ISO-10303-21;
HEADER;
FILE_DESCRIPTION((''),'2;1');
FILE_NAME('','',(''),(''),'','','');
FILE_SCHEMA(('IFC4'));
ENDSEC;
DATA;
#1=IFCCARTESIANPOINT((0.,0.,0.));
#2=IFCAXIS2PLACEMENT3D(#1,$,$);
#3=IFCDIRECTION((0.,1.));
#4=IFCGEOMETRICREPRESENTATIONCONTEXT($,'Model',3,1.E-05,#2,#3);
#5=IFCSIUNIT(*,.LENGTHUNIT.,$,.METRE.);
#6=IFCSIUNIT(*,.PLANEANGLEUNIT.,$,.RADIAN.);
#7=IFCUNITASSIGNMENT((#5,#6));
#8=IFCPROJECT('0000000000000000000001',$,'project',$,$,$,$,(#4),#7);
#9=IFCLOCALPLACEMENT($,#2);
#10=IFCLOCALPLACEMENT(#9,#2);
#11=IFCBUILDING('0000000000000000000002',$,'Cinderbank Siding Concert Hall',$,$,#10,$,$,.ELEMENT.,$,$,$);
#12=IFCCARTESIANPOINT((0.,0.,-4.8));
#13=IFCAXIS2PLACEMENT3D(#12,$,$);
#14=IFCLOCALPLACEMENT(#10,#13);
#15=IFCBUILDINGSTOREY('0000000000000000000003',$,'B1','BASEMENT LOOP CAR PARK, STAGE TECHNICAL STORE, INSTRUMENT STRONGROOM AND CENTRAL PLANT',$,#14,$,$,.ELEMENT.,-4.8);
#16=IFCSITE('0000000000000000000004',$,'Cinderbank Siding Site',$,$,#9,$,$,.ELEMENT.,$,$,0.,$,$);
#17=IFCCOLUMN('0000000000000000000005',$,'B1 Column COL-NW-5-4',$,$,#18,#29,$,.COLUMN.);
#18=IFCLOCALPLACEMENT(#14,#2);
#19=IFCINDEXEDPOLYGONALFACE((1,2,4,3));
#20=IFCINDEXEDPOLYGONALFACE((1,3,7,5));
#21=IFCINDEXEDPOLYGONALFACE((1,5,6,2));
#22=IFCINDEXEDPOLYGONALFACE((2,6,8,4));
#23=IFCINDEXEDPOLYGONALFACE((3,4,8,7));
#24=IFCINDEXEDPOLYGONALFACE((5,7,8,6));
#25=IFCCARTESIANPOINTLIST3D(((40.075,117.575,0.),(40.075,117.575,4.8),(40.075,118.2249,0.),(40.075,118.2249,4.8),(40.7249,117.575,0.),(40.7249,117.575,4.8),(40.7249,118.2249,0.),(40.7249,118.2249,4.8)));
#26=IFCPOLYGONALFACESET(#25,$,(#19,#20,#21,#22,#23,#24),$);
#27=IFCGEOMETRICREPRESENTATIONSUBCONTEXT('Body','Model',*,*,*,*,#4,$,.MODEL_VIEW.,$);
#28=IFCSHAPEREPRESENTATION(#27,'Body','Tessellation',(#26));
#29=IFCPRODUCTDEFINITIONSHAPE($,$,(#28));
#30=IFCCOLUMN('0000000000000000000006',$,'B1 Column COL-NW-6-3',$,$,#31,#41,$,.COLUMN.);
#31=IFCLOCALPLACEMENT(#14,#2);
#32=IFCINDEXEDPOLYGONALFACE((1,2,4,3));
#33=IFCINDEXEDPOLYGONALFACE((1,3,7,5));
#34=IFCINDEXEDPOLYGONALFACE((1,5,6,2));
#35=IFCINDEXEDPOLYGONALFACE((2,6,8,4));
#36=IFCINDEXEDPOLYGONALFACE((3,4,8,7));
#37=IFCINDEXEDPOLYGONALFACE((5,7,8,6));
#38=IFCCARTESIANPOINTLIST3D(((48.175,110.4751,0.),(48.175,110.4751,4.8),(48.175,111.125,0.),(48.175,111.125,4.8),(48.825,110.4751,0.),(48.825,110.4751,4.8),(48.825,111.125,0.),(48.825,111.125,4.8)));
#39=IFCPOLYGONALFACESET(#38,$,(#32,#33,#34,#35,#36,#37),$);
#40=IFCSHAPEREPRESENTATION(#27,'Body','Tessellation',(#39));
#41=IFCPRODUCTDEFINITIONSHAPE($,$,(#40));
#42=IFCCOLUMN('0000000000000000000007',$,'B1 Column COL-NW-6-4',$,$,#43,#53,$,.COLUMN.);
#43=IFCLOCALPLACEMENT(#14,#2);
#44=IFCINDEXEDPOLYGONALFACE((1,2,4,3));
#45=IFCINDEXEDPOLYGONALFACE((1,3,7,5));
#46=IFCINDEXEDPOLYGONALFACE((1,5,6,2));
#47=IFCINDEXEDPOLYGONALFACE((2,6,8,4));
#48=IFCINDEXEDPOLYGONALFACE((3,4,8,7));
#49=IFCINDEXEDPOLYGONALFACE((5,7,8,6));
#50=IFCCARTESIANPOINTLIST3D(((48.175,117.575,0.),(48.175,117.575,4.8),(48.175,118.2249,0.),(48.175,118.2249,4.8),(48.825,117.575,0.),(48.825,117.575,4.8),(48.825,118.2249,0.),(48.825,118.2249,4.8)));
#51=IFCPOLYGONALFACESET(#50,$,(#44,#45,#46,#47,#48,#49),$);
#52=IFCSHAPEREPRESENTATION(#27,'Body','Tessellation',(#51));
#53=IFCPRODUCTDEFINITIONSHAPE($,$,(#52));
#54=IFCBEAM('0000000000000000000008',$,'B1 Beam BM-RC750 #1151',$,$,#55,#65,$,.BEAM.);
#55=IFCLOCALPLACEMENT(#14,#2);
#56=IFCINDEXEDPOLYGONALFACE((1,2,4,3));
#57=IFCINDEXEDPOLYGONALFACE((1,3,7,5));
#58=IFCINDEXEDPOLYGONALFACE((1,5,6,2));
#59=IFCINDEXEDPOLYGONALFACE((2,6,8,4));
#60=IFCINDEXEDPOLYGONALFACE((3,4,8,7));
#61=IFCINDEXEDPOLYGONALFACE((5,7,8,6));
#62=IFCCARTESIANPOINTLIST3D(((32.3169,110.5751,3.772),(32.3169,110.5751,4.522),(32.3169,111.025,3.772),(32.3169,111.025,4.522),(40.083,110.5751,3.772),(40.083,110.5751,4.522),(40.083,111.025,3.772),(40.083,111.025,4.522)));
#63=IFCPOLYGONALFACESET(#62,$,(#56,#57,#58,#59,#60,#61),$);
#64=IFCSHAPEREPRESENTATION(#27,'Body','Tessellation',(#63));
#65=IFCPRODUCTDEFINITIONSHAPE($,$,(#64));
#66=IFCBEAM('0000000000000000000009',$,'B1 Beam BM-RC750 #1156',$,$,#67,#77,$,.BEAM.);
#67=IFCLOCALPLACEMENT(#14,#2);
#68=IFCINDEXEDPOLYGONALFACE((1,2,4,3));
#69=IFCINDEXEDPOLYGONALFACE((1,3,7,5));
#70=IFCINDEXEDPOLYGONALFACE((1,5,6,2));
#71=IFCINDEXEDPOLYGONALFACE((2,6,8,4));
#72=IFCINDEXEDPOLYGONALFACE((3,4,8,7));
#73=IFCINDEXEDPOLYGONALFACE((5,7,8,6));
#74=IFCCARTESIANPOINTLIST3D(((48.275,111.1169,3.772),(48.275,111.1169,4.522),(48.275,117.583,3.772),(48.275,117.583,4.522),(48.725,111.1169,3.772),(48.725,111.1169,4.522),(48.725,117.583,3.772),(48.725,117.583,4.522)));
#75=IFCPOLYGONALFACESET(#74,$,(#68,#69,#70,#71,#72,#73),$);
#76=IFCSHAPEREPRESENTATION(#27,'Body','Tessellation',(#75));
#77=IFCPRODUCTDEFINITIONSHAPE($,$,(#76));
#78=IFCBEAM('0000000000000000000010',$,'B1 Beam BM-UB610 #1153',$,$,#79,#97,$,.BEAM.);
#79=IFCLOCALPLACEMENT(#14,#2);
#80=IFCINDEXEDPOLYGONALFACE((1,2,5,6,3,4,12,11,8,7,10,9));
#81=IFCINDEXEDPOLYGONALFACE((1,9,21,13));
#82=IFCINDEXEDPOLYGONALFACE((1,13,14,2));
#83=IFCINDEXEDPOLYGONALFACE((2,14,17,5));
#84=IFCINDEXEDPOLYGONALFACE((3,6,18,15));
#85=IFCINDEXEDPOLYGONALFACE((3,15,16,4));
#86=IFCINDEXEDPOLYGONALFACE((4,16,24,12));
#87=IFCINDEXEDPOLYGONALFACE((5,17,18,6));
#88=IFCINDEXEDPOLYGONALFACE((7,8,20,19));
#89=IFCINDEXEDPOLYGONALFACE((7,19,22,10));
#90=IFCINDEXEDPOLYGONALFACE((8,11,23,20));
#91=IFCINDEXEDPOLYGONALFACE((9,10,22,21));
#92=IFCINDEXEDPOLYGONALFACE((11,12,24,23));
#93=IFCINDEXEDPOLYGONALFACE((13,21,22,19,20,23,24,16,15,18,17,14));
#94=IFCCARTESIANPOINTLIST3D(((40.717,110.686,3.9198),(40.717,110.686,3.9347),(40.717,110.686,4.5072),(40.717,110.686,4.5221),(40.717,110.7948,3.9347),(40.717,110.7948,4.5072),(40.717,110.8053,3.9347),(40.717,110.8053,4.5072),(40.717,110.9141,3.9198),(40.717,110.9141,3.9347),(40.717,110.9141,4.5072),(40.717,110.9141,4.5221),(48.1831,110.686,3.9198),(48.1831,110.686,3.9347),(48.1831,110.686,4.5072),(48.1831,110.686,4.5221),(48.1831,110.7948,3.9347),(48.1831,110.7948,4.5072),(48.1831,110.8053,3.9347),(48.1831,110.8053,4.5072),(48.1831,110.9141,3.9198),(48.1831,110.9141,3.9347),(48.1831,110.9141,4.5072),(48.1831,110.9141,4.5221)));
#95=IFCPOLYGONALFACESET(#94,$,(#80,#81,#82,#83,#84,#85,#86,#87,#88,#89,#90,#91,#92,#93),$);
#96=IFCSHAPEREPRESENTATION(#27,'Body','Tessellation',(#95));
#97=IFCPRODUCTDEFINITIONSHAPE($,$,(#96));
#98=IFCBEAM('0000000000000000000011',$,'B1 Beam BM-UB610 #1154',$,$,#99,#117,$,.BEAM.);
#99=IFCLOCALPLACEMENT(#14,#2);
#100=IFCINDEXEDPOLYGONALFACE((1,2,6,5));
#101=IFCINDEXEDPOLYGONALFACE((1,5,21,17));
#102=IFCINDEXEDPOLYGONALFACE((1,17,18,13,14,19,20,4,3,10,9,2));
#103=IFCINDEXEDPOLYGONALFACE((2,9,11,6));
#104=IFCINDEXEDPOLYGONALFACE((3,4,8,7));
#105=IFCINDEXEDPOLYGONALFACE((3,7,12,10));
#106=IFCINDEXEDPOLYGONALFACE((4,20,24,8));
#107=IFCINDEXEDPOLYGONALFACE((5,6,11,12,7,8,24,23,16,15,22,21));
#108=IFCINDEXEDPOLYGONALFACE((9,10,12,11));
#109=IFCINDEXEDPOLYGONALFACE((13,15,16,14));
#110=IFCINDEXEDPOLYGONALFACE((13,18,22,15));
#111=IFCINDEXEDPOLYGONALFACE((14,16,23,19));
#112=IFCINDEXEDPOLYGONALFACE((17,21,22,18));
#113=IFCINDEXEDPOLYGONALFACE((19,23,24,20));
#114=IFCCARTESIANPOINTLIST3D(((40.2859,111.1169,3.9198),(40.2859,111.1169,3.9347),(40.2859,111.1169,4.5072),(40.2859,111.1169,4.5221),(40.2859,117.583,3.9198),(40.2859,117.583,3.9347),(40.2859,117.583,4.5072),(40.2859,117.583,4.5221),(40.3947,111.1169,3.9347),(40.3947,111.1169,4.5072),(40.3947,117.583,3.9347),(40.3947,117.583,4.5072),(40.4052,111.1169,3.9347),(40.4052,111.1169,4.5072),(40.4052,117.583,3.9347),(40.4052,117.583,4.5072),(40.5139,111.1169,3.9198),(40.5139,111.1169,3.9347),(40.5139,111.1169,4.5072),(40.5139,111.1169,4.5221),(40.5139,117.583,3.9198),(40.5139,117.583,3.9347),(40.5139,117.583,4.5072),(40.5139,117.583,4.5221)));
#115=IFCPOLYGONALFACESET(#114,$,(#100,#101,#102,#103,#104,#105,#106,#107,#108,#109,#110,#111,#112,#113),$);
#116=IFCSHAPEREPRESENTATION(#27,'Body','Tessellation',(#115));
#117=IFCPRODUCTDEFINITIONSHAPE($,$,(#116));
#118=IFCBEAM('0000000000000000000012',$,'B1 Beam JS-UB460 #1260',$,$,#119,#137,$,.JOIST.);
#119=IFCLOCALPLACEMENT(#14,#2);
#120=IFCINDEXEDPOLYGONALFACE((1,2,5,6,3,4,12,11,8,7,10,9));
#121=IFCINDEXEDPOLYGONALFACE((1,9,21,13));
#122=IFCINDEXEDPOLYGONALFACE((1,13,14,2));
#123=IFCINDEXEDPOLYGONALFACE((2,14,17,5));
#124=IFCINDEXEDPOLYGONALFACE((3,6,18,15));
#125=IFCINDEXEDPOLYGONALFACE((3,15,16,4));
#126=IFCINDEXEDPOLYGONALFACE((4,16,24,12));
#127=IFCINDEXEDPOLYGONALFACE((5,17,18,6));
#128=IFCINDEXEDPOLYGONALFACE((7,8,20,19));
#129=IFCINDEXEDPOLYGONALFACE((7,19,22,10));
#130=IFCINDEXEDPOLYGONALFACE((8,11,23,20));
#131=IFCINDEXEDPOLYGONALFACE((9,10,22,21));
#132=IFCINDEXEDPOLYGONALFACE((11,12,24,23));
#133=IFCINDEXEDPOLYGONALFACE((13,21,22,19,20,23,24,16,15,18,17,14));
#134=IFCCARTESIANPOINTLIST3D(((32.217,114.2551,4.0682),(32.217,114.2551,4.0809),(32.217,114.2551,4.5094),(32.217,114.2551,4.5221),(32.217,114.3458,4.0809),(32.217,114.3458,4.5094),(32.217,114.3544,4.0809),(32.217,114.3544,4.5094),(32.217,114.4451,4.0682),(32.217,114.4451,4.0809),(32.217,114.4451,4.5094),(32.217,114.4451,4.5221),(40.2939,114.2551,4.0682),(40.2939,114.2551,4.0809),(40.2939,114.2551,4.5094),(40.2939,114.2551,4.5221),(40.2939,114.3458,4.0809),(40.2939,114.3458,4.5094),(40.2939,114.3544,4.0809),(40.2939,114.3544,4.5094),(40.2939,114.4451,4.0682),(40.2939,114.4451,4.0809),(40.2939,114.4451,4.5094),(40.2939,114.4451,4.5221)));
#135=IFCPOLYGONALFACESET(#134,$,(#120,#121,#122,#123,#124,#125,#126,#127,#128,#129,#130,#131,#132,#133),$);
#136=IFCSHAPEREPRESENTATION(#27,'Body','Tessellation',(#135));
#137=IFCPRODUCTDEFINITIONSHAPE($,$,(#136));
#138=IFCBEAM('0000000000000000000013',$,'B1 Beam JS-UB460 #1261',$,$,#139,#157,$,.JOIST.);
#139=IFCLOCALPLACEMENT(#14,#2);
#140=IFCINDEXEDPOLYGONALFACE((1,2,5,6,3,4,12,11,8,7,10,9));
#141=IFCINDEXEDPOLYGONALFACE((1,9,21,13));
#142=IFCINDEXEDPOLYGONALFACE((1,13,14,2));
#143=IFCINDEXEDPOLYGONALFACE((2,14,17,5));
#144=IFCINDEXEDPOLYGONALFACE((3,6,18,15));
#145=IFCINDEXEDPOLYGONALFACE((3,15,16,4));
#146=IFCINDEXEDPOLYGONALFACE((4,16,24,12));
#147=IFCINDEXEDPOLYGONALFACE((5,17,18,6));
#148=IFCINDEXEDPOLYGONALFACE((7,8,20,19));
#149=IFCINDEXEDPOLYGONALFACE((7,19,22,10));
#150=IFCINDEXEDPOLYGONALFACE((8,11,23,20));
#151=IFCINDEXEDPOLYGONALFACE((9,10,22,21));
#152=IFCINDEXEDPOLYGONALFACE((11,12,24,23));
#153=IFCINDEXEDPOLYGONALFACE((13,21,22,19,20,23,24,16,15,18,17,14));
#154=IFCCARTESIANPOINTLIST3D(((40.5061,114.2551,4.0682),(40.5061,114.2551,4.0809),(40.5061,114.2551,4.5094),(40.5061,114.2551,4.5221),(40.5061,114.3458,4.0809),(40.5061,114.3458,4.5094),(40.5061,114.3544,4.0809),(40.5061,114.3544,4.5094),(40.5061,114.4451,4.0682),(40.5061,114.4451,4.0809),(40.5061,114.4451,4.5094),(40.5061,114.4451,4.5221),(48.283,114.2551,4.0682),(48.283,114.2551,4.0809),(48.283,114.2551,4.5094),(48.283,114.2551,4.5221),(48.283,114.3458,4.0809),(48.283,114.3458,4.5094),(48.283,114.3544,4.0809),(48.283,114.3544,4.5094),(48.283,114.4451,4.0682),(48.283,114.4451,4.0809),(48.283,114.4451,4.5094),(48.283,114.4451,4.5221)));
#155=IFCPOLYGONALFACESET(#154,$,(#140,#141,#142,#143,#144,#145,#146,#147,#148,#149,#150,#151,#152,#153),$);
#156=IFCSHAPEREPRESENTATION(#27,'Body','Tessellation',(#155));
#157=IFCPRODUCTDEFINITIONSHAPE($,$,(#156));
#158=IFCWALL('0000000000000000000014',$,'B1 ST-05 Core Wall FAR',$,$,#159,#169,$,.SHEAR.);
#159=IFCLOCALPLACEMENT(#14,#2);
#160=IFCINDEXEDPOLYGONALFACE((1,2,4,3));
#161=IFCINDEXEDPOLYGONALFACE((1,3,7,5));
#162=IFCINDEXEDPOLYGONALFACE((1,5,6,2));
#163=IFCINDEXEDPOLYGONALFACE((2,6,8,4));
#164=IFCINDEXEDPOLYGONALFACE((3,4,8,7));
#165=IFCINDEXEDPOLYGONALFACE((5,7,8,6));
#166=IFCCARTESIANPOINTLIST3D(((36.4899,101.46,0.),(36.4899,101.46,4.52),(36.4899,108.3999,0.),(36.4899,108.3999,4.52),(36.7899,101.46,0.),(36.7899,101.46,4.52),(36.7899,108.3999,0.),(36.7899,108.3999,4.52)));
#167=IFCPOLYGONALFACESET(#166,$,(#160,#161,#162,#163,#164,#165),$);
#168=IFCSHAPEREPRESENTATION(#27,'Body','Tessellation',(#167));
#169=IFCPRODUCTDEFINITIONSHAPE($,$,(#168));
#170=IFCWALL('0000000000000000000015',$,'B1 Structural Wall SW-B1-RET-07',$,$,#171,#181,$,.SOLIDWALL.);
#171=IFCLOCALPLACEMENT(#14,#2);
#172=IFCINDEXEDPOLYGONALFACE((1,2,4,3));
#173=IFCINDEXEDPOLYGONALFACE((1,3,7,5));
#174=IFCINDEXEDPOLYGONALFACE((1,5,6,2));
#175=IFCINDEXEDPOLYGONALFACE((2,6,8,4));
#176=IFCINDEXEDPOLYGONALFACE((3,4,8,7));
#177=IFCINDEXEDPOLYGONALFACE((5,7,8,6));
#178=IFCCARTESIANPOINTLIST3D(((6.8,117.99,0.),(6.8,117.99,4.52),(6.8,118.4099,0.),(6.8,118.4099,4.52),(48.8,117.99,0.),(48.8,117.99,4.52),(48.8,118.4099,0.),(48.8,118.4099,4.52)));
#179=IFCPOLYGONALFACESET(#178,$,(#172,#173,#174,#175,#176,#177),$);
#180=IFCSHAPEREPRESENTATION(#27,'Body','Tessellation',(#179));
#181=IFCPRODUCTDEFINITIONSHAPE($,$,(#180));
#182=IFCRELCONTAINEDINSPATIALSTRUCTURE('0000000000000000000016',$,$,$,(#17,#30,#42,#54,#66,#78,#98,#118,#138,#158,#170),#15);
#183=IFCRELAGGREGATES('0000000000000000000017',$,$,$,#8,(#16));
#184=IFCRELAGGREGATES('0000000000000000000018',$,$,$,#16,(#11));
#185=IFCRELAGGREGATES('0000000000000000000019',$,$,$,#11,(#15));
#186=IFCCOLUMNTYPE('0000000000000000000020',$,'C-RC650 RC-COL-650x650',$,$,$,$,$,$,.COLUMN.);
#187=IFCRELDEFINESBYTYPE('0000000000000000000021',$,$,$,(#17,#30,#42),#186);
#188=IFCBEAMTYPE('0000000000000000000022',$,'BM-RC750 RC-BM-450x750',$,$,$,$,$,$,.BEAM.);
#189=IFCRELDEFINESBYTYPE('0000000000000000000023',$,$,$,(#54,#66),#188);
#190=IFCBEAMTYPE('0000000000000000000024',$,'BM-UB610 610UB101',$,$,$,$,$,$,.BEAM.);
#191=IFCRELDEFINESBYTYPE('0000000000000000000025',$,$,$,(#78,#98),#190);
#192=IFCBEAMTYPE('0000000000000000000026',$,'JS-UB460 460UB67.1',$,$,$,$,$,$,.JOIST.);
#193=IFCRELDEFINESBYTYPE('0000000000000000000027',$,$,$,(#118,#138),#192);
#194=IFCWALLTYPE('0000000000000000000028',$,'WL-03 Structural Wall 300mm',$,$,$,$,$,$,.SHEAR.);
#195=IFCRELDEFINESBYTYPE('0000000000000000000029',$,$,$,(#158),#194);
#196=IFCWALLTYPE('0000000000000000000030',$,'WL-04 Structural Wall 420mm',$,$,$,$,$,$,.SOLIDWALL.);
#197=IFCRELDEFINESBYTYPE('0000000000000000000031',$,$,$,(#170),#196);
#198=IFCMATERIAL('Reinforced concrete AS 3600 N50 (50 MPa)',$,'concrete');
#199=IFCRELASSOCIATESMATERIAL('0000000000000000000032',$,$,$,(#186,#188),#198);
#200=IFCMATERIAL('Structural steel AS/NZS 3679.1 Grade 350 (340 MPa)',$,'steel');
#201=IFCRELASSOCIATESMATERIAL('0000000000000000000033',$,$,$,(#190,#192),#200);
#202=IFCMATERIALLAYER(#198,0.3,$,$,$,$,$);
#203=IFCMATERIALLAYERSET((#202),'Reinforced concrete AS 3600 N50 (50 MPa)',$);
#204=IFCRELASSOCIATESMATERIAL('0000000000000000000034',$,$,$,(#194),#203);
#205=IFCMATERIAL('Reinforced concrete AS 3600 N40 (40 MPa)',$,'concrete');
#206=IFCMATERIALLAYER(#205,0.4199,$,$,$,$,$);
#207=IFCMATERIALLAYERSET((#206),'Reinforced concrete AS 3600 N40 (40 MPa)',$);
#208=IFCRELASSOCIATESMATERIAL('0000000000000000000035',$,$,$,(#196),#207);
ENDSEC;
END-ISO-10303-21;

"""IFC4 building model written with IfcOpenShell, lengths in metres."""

from ifc_helpers import new_model, si_unit, direction, frame, frame_2d, origin, origin_2d, place, context, subcontext, project, spatial, rectangle, i_section, extrude, material, layer, layer_set, material_profile, profile_set, type_object, element, save


model = new_model("IFC4")

# Units and contexts
model_context = context("Model", 3, precision=1e-05, world=origin(), true_north=direction((0.0, 1.0)))
body_context = subcontext(model_context, "Body", "Model", "MODEL_VIEW")
ifc_project = project(units=[si_unit("LENGTHUNIT", "METRE"), si_unit("PLANEANGLEUNIT", "RADIAN")], contexts=[model_context])

# Site, building, storey
site_placement = place(None, origin())
site = spatial("IfcSite", under=ifc_project, at=site_placement, Name="Cinderbank Siding Site", CompositionType="ELEMENT", RefElevation=0.0)
building_placement = place(site_placement, origin())
building = spatial("IfcBuilding", under=site, at=building_placement, Name="Cinderbank Siding Concert Hall", CompositionType="ELEMENT")
storey_placement = place(building_placement, frame((0.0, 0.0, -4.8)))
storey = spatial("IfcBuildingStorey", under=building, at=storey_placement, Name="B1", Description="BASEMENT LOOP CAR PARK, STAGE TECHNICAL STORE, INSTRUMENT STRONGROOM AND CENTRAL PLANT", CompositionType="ELEMENT", Elevation=-4.8)

# Shared definitions
ifc_material_1 = material(Name="Reinforced concrete AS 3600 N40 (40 MPa)", Category="concrete")

# Columns
ifc_material_2 = material(Name="Reinforced concrete AS 3600 N50 (50 MPa)", Category="concrete")
ifc_material_profile_1 = material_profile(ifc_material_2, rectangle(XDim=0.6499, YDim=0.6499, at=origin_2d()), Name="RC-COL-650x650", Category="LoadBearing")
ifc_profile_set_1 = profile_set([ifc_material_profile_1], Name="Reinforced concrete AS 3600 N50 (50 MPa)")
column_type = type_object("IfcColumnType", Name="C-RC650 RC-COL-650x650", PredefinedType="COLUMN", material=ifc_profile_set_1)
for number, where, z_axis, x_axis, name in (
    (1, (40.3999, 117.8999, 0.0), (0.0, 0.0, 1.0), (1.0, 0.0, 0.0), "B1 Column COL-NW-5-4"),
    (2, (48.5, 110.8, 0.0), (0.0, 0.0, 1.0), (1.0, 0.0, 0.0), "B1 Column COL-NW-6-3"),
    (3, (48.5, 117.8999, 0.0), (0.0, 0.0, 1.0), (1.0, 0.0, 0.0), "B1 Column COL-NW-6-4"),
):
    element("IfcColumn", number, at=place(storey_placement, frame(where, z_axis=z_axis, x_axis=x_axis)), inside=storey, type_object=column_type, Name=name, PredefinedType="COLUMN", context=body_context, shape_type="SweptSolid", body=[
        extrude(rectangle(XDim=0.6499, YDim=0.6499, at=origin_2d()), origin(), (0.0, 0.0, 1.0), 4.8),
    ])

# Beams
ifc_material_profile_2 = material_profile(ifc_material_2, rectangle(XDim=0.45, YDim=0.75, at=origin_2d()), Name="RC-BM-450x750", Category="LoadBearing")
ifc_profile_set_2 = profile_set([ifc_material_profile_2], Name="Reinforced concrete AS 3600 N50 (50 MPa)")
beam_type_1 = type_object("IfcBeamType", Name="BM-RC750 RC-BM-450x750", PredefinedType="BEAM", material=ifc_profile_set_2)
beam_1_placement = place(storey_placement, frame((32.3169, 110.8, 4.147), z_axis=(1.0, 0.0, 0.0), x_axis=(0.0, 1.0, 0.0)))
element("IfcBeam", 4, at=beam_1_placement, inside=storey, type_object=beam_type_1, Name="B1 Beam BM-RC750 #1151", PredefinedType="BEAM", context=body_context, shape_type="SweptSolid", body=[
    extrude(rectangle(XDim=0.45, YDim=0.75, at=origin_2d()), origin(), (0.0, 0.0, 1.0), 7.7661),
])
beam_2_placement = place(storey_placement, frame((48.5, 111.1169, 4.147), z_axis=(0.0, 1.0, 0.0), x_axis=(-1.0, 0.0, 0.0)))
element("IfcBeam", 5, at=beam_2_placement, inside=storey, type_object=beam_type_1, Name="B1 Beam BM-RC750 #1156", PredefinedType="BEAM", context=body_context, shape_type="SweptSolid", body=[
    extrude(rectangle(XDim=0.45, YDim=0.75, at=origin_2d()), origin(), (0.0, 0.0, 1.0), 6.4661),
])
ifc_material_3 = material(Name="Structural steel AS/NZS 3679.1 Grade 350 (340 MPa)", Category="steel")
ifc_material_profile_3 = material_profile(ifc_material_3, i_section(OverallWidth=0.228, OverallDepth=0.6023, WebThickness=0.0105, FlangeThickness=0.0149, at=origin_2d()), Name="610UB101", Category="LoadBearing")
ifc_profile_set_3 = profile_set([ifc_material_profile_3], Name="Structural steel AS/NZS 3679.1 Grade 350 (340 MPa)")
beam_type_2 = type_object("IfcBeamType", Name="BM-UB610 610UB101", PredefinedType="BEAM", material=ifc_profile_set_3)
beam_3_placement = place(storey_placement, frame((40.717, 110.8, 4.2209), z_axis=(1.0, 0.0, 0.0), x_axis=(0.0, 1.0, 0.0)))
element("IfcBeam", 6, at=beam_3_placement, inside=storey, type_object=beam_type_2, Name="B1 Beam BM-UB610 #1153", PredefinedType="BEAM", context=body_context, shape_type="SweptSolid", body=[
    extrude(i_section(OverallWidth=0.228, OverallDepth=0.6023, WebThickness=0.0105, FlangeThickness=0.0149, at=origin_2d()), origin(), (0.0, 0.0, 1.0), 7.4661),
])
beam_4_placement = place(storey_placement, frame((40.3999, 111.1169, 4.2209), z_axis=(0.0, 1.0, 0.0), x_axis=(-1.0, 0.0, 0.0)))
element("IfcBeam", 7, at=beam_4_placement, inside=storey, type_object=beam_type_2, Name="B1 Beam BM-UB610 #1154", PredefinedType="BEAM", context=body_context, shape_type="SweptSolid", body=[
    extrude(i_section(OverallWidth=0.228, OverallDepth=0.6023, WebThickness=0.0105, FlangeThickness=0.0149, at=origin_2d()), origin(), (0.0, 0.0, 1.0), 6.4661),
])
ifc_material_profile_4 = material_profile(ifc_material_3, i_section(OverallWidth=0.1899, OverallDepth=0.4539, WebThickness=0.0085, FlangeThickness=0.0127, at=origin_2d()), Name="460UB67.1", Category="LoadBearing")
ifc_profile_set_4 = profile_set([ifc_material_profile_4], Name="Structural steel AS/NZS 3679.1 Grade 350 (340 MPa)")
beam_type_3 = type_object("IfcBeamType", Name="JS-UB460 460UB67.1", PredefinedType="JOIST", material=ifc_profile_set_4)
beam_5_placement = place(storey_placement, frame((32.217, 114.3501, 4.2952), z_axis=(1.0, 0.0, 0.0), x_axis=(0.0, 1.0, 0.0)))
element("IfcBeam", 8, at=beam_5_placement, inside=storey, type_object=beam_type_3, Name="B1 Beam JS-UB460 #1260", PredefinedType="JOIST", context=body_context, shape_type="SweptSolid", body=[
    extrude(i_section(OverallWidth=0.1899, OverallDepth=0.4539, WebThickness=0.0085, FlangeThickness=0.0127, at=origin_2d()), origin(), (0.0, 0.0, 1.0), 8.0769),
])
beam_6_placement = place(storey_placement, frame((40.5061, 114.3501, 4.2952), z_axis=(1.0, 0.0, 0.0), x_axis=(0.0, 1.0, 0.0)))
element("IfcBeam", 9, at=beam_6_placement, inside=storey, type_object=beam_type_3, Name="B1 Beam JS-UB460 #1261", PredefinedType="JOIST", context=body_context, shape_type="SweptSolid", body=[
    extrude(i_section(OverallWidth=0.1899, OverallDepth=0.4539, WebThickness=0.0085, FlangeThickness=0.0127, at=origin_2d()), origin(), (0.0, 0.0, 1.0), 7.7769),
])

# Walls
ifc_layer_1 = layer(ifc_material_2, 0.3)
ifc_layer_set_1 = layer_set([ifc_layer_1], Name="Reinforced concrete AS 3600 N50 (50 MPa)")
wall_type_1 = type_object("IfcWallType", Name="WL-03 Structural Wall 300mm", PredefinedType="SHEAR", material=ifc_layer_set_1)
wall_1_placement = place(storey_placement, frame((36.6399, 108.3999, 0.0), z_axis=(0.0, 0.0, 1.0), x_axis=(0.0, -1.0, 0.0)))
element("IfcWall", 10, at=wall_1_placement, inside=storey, type_object=wall_type_1, Name="B1 ST-05 Core Wall FAR", PredefinedType="SHEAR", context=body_context, shape_type="SweptSolid", body=[
    extrude(rectangle(XDim=6.9399, YDim=0.3, at=frame_2d((3.47, 0.0))), origin(), (0.0, 0.0, 1.0), 4.52),
])
ifc_layer_2 = layer(ifc_material_1, 0.4199)
ifc_layer_set_2 = layer_set([ifc_layer_2], Name="Reinforced concrete AS 3600 N40 (40 MPa)")
wall_type_2 = type_object("IfcWallType", Name="WL-04 Structural Wall 420mm", PredefinedType="SOLIDWALL", material=ifc_layer_set_2)
wall_2_placement = place(storey_placement, frame((48.8, 118.2, 0.0), z_axis=(0.0, 0.0, 1.0), x_axis=(-1.0, 0.0, 0.0)))
element("IfcWall", 11, at=wall_2_placement, inside=storey, type_object=wall_type_2, Name="B1 Structural Wall SW-B1-RET-07", PredefinedType="SOLIDWALL", context=body_context, shape_type="SweptSolid", body=[
    extrude(rectangle(XDim=42.0, YDim=0.4199, at=frame_2d((21.0, 0.0))), origin(), (0.0, 0.0, 1.0), 4.52),
])

save(model, "model.ifc")
